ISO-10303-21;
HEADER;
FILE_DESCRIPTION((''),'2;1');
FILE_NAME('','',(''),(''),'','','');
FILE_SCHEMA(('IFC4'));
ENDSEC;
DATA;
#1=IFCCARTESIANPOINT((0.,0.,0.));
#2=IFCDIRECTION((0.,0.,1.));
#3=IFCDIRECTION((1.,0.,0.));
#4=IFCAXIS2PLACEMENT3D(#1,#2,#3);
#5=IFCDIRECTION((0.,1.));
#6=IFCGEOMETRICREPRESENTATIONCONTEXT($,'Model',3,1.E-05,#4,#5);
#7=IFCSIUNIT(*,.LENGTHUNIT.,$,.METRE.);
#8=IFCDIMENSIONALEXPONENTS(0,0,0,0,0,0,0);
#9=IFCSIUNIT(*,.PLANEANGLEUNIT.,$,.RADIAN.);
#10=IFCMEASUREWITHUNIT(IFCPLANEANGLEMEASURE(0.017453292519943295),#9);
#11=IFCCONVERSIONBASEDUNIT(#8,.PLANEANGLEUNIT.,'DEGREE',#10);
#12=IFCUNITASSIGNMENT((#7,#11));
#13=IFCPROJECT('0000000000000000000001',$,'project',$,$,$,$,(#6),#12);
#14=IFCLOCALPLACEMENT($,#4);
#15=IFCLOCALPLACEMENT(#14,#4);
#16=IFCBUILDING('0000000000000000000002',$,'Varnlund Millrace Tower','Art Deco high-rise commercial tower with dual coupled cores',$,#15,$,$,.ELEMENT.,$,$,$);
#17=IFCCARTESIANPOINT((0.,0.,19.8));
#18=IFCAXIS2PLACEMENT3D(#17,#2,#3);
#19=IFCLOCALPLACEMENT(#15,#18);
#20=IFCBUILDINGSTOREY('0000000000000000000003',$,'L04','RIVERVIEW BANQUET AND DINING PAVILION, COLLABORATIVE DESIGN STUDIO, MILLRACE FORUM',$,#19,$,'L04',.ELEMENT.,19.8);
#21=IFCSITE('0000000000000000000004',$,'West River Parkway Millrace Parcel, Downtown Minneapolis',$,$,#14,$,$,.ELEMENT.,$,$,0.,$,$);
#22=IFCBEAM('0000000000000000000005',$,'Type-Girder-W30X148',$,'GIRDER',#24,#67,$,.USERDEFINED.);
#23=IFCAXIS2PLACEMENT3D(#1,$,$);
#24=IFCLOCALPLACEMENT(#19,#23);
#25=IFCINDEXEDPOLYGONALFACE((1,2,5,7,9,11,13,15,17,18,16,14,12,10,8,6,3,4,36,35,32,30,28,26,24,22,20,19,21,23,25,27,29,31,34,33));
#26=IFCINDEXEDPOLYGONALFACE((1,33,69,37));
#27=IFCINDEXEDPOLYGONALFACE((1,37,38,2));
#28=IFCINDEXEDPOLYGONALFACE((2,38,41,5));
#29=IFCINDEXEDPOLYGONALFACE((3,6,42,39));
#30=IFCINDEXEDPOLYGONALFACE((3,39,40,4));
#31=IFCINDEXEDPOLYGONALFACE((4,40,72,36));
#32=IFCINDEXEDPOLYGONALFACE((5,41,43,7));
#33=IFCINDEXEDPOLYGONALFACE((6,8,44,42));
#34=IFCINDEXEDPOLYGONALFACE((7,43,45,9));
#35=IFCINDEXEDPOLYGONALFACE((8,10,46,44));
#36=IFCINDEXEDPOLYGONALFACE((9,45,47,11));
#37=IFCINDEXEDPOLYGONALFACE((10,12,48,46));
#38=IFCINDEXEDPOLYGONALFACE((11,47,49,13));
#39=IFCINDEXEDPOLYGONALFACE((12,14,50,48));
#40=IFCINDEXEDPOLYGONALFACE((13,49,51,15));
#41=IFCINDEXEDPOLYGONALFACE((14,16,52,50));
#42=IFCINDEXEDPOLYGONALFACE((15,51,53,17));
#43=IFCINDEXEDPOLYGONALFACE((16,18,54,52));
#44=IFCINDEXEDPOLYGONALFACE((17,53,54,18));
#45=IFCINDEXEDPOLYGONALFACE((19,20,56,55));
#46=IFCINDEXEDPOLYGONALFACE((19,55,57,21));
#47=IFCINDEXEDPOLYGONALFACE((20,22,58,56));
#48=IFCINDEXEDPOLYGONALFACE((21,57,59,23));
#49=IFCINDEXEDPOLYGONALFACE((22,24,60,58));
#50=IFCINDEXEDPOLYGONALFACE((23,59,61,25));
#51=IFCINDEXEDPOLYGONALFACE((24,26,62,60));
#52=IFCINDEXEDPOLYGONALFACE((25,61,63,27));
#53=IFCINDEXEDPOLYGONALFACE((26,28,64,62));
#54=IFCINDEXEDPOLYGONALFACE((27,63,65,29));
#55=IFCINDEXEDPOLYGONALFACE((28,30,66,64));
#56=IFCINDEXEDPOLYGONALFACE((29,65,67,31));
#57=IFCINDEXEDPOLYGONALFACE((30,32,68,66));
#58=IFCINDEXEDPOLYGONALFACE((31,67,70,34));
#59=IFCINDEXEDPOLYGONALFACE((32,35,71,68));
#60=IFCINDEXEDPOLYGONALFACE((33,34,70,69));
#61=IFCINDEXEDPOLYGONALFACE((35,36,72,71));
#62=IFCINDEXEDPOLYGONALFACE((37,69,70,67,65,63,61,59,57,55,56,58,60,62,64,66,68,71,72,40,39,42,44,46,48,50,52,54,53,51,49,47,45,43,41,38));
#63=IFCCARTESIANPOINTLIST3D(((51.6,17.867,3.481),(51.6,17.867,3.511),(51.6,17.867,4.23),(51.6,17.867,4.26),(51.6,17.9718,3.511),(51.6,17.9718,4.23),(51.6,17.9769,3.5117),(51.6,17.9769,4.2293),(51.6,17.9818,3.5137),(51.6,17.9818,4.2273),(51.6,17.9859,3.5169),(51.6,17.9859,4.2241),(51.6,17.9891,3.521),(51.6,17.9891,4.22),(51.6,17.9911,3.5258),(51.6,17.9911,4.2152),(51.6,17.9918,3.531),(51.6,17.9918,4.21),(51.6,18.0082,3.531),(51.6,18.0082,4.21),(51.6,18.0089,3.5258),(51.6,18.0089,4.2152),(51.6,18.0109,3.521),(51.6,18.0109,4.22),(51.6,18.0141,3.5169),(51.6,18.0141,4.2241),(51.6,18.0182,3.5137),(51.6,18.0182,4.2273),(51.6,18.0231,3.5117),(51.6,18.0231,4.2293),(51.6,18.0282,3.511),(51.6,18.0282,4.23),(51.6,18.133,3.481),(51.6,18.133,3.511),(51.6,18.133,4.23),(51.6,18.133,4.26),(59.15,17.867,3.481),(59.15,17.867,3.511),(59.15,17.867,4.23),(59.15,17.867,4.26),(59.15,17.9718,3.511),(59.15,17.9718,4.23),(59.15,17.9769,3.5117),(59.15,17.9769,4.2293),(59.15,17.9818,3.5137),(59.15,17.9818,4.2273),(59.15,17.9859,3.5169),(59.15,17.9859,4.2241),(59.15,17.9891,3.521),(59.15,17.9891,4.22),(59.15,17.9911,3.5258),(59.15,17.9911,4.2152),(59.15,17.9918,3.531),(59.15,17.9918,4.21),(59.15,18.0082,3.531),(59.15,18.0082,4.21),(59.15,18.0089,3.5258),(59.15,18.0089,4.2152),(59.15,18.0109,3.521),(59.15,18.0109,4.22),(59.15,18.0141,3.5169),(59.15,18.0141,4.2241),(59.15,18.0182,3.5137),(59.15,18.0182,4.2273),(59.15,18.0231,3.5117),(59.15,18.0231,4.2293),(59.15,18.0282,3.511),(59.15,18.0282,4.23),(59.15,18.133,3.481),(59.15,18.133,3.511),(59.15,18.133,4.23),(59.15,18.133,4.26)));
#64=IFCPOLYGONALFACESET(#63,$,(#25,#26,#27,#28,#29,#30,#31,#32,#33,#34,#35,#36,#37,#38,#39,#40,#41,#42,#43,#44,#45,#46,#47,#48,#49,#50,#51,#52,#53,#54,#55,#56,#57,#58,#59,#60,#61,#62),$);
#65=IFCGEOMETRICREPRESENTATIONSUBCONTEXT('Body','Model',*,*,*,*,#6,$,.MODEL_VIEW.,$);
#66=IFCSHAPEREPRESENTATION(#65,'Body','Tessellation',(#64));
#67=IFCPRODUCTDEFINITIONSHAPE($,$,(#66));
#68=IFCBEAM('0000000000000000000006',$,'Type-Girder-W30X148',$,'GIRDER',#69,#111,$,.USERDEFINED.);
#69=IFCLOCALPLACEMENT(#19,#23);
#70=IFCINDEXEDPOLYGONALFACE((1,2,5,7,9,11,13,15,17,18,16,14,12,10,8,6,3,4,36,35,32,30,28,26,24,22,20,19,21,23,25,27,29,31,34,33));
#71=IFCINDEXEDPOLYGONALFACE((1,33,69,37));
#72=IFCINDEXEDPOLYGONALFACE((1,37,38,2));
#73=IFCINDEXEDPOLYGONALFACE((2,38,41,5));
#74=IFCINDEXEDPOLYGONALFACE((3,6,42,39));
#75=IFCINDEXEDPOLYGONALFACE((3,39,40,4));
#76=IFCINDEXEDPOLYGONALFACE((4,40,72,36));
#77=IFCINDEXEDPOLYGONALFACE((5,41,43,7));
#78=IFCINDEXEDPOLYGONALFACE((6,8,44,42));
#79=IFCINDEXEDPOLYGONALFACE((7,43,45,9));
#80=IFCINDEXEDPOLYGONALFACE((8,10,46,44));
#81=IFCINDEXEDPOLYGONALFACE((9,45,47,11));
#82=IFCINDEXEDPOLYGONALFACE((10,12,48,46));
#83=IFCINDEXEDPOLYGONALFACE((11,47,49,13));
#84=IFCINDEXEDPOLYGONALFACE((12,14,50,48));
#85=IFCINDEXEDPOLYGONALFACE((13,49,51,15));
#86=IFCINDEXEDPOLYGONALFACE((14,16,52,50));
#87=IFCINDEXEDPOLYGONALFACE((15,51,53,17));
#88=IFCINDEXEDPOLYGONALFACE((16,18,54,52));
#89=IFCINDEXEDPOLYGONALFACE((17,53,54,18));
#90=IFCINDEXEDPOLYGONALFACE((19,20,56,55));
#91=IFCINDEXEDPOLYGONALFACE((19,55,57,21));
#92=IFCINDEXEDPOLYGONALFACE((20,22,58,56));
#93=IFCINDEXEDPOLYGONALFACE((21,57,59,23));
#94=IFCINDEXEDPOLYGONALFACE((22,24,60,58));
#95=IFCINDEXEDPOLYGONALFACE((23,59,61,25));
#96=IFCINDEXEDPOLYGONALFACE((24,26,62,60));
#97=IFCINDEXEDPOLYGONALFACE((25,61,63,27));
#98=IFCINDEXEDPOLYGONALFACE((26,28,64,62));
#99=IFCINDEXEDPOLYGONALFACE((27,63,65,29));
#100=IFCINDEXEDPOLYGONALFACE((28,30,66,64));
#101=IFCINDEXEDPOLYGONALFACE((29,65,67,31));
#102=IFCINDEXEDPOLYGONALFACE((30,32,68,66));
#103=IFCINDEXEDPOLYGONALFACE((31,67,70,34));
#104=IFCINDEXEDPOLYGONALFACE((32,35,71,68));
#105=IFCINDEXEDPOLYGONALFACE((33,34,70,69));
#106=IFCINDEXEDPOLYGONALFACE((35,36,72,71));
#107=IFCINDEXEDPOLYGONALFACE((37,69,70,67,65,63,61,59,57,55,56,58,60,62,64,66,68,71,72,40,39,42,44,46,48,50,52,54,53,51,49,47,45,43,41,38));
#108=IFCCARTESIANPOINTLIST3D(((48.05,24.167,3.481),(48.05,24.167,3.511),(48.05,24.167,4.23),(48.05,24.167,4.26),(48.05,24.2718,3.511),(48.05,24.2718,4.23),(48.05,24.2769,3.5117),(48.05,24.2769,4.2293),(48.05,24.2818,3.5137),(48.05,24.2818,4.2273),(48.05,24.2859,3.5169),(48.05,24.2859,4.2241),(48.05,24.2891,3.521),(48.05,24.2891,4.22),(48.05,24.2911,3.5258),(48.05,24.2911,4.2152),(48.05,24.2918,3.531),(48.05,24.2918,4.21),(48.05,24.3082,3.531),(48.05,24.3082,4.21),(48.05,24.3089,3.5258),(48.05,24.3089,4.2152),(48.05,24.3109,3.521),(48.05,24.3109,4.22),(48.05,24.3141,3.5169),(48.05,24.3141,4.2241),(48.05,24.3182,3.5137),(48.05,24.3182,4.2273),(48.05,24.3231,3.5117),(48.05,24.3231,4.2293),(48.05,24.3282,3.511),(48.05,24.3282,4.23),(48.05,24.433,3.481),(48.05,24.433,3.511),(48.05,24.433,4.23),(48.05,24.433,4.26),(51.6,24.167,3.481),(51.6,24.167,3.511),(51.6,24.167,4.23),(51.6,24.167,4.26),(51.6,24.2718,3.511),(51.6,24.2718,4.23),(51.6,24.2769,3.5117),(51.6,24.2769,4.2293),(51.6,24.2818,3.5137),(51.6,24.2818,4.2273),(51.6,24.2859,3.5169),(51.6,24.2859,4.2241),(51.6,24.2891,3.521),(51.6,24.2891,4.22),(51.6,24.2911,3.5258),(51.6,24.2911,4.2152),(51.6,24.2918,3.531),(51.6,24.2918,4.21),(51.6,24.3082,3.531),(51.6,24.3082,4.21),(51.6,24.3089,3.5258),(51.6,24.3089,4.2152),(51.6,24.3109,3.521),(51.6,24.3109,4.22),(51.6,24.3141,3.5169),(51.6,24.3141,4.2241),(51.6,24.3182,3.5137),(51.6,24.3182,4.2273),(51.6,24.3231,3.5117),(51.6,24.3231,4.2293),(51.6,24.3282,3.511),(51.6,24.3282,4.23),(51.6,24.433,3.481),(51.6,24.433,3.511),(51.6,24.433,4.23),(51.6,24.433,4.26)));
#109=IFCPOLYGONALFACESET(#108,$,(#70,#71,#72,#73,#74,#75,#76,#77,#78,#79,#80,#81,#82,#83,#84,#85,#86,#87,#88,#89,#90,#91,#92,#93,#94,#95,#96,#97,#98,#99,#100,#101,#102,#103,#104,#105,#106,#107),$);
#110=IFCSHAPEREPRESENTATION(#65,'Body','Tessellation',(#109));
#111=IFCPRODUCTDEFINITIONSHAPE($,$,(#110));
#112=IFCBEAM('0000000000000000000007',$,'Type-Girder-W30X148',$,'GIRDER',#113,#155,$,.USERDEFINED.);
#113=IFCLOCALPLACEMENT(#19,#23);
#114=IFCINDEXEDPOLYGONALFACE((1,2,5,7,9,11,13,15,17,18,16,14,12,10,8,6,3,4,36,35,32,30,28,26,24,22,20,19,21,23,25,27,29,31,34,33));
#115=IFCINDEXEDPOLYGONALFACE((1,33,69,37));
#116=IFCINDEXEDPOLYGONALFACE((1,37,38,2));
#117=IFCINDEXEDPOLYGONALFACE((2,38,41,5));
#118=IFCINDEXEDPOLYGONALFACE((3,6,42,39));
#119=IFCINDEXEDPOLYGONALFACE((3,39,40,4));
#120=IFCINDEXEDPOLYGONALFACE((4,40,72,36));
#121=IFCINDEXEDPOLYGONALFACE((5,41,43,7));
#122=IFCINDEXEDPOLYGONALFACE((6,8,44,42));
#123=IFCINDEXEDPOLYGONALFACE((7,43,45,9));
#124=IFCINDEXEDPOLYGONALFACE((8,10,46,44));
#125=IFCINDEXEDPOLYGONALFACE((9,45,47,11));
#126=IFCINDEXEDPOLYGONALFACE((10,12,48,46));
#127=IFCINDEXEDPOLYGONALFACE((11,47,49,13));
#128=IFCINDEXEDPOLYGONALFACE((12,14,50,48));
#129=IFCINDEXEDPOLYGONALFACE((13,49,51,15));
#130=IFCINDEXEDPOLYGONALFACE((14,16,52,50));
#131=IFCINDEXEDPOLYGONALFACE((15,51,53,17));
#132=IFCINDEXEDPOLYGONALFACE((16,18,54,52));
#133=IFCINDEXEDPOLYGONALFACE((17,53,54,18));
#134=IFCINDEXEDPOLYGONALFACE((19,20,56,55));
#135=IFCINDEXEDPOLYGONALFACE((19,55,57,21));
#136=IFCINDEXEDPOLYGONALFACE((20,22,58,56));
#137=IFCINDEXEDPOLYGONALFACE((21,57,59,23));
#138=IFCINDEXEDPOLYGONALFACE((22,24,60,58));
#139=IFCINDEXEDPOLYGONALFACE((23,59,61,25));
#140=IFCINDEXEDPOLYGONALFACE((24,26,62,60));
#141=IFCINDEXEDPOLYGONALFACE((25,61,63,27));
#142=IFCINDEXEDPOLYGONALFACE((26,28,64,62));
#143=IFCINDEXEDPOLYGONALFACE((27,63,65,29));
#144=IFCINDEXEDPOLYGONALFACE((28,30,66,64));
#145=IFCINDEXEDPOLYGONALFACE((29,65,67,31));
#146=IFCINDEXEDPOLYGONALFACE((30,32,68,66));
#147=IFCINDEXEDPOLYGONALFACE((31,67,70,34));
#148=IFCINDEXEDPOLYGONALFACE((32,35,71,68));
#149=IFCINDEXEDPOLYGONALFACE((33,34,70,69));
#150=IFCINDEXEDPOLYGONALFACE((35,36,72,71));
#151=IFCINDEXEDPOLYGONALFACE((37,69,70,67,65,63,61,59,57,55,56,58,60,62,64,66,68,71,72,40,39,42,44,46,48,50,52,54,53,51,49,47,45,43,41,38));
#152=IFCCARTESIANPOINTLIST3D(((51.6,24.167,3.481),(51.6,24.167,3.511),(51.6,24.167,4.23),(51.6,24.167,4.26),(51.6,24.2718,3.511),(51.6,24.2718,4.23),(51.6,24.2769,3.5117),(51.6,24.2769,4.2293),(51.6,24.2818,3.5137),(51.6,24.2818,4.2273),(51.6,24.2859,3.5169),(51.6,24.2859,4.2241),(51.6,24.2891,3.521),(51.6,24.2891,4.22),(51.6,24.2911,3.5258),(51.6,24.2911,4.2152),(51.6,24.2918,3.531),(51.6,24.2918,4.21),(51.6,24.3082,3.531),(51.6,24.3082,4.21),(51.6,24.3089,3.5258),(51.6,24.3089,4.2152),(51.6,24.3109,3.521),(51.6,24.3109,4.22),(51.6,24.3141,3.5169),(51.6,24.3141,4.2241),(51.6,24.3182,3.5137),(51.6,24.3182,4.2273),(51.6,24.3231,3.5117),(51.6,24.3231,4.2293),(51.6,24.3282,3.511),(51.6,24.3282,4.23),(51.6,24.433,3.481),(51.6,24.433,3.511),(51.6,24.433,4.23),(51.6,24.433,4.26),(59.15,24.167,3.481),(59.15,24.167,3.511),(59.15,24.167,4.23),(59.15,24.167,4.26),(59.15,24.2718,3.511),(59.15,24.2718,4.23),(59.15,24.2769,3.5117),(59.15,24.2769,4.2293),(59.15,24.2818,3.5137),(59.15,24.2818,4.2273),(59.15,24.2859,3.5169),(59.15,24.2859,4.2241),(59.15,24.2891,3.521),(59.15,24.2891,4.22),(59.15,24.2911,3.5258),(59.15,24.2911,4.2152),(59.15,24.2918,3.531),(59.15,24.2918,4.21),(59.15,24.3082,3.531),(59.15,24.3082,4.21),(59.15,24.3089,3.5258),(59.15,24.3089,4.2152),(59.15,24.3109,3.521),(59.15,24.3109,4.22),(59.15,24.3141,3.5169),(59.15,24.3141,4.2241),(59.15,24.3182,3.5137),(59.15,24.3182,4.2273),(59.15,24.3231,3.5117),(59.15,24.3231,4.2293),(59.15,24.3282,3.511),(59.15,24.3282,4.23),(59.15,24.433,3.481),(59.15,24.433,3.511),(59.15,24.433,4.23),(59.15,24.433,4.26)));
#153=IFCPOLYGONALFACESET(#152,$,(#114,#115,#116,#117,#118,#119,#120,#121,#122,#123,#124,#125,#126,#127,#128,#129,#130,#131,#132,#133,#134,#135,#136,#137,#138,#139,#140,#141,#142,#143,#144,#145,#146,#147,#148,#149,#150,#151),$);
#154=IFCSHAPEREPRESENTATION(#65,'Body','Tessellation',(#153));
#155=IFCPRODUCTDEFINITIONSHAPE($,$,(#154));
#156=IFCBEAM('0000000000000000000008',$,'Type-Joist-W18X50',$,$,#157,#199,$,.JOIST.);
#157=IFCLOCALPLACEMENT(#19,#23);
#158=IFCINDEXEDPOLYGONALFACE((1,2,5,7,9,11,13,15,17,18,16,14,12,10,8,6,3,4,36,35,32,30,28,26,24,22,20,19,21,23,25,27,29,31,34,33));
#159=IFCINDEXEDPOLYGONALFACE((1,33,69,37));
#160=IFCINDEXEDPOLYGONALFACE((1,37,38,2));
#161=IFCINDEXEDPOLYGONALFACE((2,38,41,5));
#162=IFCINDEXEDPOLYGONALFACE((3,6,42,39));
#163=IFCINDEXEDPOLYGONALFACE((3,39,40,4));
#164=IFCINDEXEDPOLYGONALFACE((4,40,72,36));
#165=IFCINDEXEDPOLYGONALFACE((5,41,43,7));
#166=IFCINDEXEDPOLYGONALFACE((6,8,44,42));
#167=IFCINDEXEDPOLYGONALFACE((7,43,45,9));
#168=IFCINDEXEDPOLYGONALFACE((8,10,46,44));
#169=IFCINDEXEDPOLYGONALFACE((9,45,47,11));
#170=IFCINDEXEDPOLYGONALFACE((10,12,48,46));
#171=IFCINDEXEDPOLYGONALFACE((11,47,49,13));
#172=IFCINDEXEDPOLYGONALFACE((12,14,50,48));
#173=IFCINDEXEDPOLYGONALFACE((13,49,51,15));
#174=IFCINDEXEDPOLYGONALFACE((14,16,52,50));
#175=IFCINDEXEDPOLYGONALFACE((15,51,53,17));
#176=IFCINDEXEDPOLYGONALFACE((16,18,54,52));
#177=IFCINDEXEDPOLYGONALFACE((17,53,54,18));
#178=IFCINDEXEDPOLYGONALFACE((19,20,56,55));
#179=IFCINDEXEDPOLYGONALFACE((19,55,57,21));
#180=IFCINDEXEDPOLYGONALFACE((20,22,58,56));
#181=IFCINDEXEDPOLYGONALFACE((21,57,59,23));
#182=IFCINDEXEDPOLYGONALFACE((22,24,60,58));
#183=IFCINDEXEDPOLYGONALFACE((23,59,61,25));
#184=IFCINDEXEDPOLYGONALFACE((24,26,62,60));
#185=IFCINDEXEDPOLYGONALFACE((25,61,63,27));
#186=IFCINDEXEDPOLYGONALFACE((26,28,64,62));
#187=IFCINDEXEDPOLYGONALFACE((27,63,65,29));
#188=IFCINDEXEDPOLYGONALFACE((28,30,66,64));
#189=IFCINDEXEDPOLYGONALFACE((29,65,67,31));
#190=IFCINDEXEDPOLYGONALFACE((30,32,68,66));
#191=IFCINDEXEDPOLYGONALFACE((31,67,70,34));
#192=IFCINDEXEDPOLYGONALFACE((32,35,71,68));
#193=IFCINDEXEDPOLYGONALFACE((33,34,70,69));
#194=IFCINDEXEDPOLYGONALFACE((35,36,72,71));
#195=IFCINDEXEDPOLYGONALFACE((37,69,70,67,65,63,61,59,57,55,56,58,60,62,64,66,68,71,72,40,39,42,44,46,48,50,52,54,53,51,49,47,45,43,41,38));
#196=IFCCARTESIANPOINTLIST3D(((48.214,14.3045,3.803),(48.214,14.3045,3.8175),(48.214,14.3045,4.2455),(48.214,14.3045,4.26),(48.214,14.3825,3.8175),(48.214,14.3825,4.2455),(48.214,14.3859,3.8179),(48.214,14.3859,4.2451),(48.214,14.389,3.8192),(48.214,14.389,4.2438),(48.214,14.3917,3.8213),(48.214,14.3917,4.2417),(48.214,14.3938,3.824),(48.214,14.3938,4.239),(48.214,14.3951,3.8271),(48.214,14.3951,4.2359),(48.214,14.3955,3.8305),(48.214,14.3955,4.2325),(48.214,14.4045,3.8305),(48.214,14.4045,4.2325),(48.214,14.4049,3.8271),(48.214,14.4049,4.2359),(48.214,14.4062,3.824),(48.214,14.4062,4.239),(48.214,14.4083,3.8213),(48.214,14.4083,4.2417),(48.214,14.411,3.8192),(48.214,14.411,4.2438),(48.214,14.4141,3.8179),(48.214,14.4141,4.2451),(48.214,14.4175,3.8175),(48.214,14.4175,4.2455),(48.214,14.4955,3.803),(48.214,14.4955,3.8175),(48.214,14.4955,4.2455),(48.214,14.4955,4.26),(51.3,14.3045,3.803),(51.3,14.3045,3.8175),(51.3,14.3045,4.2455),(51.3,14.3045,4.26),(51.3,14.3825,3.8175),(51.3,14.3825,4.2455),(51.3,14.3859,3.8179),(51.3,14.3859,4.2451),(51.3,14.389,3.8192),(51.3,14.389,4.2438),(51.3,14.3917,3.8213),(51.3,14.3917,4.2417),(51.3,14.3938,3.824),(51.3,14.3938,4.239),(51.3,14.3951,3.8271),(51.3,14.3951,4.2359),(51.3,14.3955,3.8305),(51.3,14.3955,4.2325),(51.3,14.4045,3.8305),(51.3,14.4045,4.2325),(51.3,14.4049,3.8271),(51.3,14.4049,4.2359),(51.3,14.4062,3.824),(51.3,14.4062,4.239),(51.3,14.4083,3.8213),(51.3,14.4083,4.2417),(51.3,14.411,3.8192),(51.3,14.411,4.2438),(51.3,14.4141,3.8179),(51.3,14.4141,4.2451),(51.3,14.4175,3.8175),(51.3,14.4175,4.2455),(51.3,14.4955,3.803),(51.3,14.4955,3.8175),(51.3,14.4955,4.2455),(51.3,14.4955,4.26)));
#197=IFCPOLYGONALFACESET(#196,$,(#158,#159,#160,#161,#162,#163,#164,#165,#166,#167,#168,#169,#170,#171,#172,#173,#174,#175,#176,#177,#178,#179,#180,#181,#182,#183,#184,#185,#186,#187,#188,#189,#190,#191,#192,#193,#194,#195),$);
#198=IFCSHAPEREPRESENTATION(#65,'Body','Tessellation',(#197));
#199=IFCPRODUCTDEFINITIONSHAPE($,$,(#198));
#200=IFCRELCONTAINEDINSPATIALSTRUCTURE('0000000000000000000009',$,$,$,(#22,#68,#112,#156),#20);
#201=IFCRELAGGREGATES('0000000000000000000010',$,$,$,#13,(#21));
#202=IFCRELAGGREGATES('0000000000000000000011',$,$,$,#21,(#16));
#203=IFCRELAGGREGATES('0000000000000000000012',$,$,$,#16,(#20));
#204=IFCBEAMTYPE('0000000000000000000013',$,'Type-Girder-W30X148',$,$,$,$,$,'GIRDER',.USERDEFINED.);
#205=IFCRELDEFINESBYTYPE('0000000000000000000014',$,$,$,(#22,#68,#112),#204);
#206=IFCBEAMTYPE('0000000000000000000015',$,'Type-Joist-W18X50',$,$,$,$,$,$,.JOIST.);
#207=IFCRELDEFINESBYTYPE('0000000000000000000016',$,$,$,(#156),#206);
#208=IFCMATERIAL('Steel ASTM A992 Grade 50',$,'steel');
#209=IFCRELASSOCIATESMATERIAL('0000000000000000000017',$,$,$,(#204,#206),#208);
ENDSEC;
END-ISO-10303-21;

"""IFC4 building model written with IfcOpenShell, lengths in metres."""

from ifc_helpers import new_model, entity, si_unit, converted_unit, direction, frame, origin_with_axes, origin_2d_with_axis, place, context, subcontext, project, spatial, i_section, extrude, material, material_profile, profile_set, type_object, element, save


model = new_model("IFC4")

# Units and contexts
model_context = context("Model", 3, precision=1e-05, world=origin_with_axes(), true_north=direction((0.0, 1.0)))
body_context = subcontext(model_context, "Body", "Model", "MODEL_VIEW")
ifc_project = project(units=[si_unit("LENGTHUNIT", "METRE"), converted_unit("PLANEANGLEUNIT", "DEGREE", entity("IfcPlaneAngleMeasure", 0.017453292519943295), si_unit("PLANEANGLEUNIT", "RADIAN"), dimensions=[0, 0, 0, 0, 0, 0, 0])], contexts=[model_context])

# Site, building, storey
site_placement = place(None, origin_with_axes())
site = spatial("IfcSite", under=ifc_project, at=site_placement, Name="West River Parkway Millrace Parcel, Downtown Minneapolis", CompositionType="ELEMENT", RefElevation=0.0)
building_placement = place(site_placement, origin_with_axes())
building = spatial("IfcBuilding", under=site, at=building_placement, Name="Varnlund Millrace Tower", Description="Art Deco high-rise commercial tower with dual coupled cores", CompositionType="ELEMENT")
storey_placement = place(building_placement, frame((0.0, 0.0, 19.8), z_axis=(0.0, 0.0, 1.0), x_axis=(1.0, 0.0, 0.0)))
storey = spatial("IfcBuildingStorey", under=building, at=storey_placement, Name="L04", Description="RIVERVIEW BANQUET AND DINING PAVILION, COLLABORATIVE DESIGN STUDIO, MILLRACE FORUM", LongName="L04", CompositionType="ELEMENT", Elevation=19.8)

# Beams
ifc_material_1 = material(Name="Steel ASTM A992 Grade 50", Category="steel")
ifc_material_profile_1 = material_profile(ifc_material_1, i_section(OverallWidth=0.266, OverallDepth=0.779, WebThickness=0.0165, FlangeThickness=0.03, FilletRadius=0.02, at=origin_2d_with_axis()), Name="Steel ASTM A992 Grade 50")
ifc_profile_set_1 = profile_set([ifc_material_profile_1], Name="Steel ASTM A992 Grade 50")
beam_type_1 = type_object("IfcBeamType", Name="Type-Girder-W30X148", ElementType="GIRDER", PredefinedType="USERDEFINED", material=ifc_profile_set_1)
beam_1_placement = place(storey_placement, frame((51.6, 18.0, 3.8705), z_axis=(1.0, 0.0, 0.0), x_axis=(0.0, 1.0, 0.0)))
element("IfcBeam", 1, at=beam_1_placement, inside=storey, type_object=beam_type_1, Name="Type-Girder-W30X148", ObjectType="GIRDER", PredefinedType="USERDEFINED", context=body_context, shape_type="SweptSolid", body=[
    extrude(i_section(OverallWidth=0.266, OverallDepth=0.779, WebThickness=0.0165, FlangeThickness=0.03, FilletRadius=0.02, at=origin_2d_with_axis()), origin_with_axes(), (0.0, 0.0, 1.0), 7.55),
])
beam_2_placement = place(storey_placement, frame((48.05, 24.3, 3.8705), z_axis=(1.0, 0.0, 0.0), x_axis=(0.0, 1.0, 0.0)))
element("IfcBeam", 2, at=beam_2_placement, inside=storey, type_object=beam_type_1, Name="Type-Girder-W30X148", ObjectType="GIRDER", PredefinedType="USERDEFINED", context=body_context, shape_type="SweptSolid", body=[
    extrude(i_section(OverallWidth=0.266, OverallDepth=0.779, WebThickness=0.0165, FlangeThickness=0.03, FilletRadius=0.02, at=origin_2d_with_axis()), origin_with_axes(), (0.0, 0.0, 1.0), 3.55),
])
beam_3_placement = place(storey_placement, frame((51.6, 24.3, 3.8705), z_axis=(1.0, 0.0, 0.0), x_axis=(0.0, 1.0, 0.0)))
element("IfcBeam", 3, at=beam_3_placement, inside=storey, type_object=beam_type_1, Name="Type-Girder-W30X148", ObjectType="GIRDER", PredefinedType="USERDEFINED", context=body_context, shape_type="SweptSolid", body=[
    extrude(i_section(OverallWidth=0.266, OverallDepth=0.779, WebThickness=0.0165, FlangeThickness=0.03, FilletRadius=0.02, at=origin_2d_with_axis()), origin_with_axes(), (0.0, 0.0, 1.0), 7.55),
])
ifc_material_profile_2 = material_profile(ifc_material_1, i_section(OverallWidth=0.191, OverallDepth=0.457, WebThickness=0.009, FlangeThickness=0.0145, FilletRadius=0.013, at=origin_2d_with_axis()), Name="Steel ASTM A992 Grade 50")
ifc_profile_set_2 = profile_set([ifc_material_profile_2], Name="Steel ASTM A992 Grade 50")
beam_type_2 = type_object("IfcBeamType", Name="Type-Joist-W18X50", PredefinedType="JOIST", material=ifc_profile_set_2)
for number, where, z_axis, x_axis, name in (
    (4, (48.214, 14.4, 4.0315), (1.0, 0.0, 0.0), (0.0, 1.0, 0.0), "Type-Joist-W18X50"),
):
    element("IfcBeam", number, at=place(storey_placement, frame(where, z_axis=z_axis, x_axis=x_axis)), inside=storey, type_object=beam_type_2, Name=name, PredefinedType="JOIST", context=body_context, shape_type="SweptSolid", body=[
        extrude(i_section(OverallWidth=0.191, OverallDepth=0.457, WebThickness=0.009, FlangeThickness=0.0145, FilletRadius=0.013, at=origin_2d_with_axis()), origin_with_axes(), (0.0, 0.0, 1.0), 3.086),
    ])

save(model, "model.ifc")
